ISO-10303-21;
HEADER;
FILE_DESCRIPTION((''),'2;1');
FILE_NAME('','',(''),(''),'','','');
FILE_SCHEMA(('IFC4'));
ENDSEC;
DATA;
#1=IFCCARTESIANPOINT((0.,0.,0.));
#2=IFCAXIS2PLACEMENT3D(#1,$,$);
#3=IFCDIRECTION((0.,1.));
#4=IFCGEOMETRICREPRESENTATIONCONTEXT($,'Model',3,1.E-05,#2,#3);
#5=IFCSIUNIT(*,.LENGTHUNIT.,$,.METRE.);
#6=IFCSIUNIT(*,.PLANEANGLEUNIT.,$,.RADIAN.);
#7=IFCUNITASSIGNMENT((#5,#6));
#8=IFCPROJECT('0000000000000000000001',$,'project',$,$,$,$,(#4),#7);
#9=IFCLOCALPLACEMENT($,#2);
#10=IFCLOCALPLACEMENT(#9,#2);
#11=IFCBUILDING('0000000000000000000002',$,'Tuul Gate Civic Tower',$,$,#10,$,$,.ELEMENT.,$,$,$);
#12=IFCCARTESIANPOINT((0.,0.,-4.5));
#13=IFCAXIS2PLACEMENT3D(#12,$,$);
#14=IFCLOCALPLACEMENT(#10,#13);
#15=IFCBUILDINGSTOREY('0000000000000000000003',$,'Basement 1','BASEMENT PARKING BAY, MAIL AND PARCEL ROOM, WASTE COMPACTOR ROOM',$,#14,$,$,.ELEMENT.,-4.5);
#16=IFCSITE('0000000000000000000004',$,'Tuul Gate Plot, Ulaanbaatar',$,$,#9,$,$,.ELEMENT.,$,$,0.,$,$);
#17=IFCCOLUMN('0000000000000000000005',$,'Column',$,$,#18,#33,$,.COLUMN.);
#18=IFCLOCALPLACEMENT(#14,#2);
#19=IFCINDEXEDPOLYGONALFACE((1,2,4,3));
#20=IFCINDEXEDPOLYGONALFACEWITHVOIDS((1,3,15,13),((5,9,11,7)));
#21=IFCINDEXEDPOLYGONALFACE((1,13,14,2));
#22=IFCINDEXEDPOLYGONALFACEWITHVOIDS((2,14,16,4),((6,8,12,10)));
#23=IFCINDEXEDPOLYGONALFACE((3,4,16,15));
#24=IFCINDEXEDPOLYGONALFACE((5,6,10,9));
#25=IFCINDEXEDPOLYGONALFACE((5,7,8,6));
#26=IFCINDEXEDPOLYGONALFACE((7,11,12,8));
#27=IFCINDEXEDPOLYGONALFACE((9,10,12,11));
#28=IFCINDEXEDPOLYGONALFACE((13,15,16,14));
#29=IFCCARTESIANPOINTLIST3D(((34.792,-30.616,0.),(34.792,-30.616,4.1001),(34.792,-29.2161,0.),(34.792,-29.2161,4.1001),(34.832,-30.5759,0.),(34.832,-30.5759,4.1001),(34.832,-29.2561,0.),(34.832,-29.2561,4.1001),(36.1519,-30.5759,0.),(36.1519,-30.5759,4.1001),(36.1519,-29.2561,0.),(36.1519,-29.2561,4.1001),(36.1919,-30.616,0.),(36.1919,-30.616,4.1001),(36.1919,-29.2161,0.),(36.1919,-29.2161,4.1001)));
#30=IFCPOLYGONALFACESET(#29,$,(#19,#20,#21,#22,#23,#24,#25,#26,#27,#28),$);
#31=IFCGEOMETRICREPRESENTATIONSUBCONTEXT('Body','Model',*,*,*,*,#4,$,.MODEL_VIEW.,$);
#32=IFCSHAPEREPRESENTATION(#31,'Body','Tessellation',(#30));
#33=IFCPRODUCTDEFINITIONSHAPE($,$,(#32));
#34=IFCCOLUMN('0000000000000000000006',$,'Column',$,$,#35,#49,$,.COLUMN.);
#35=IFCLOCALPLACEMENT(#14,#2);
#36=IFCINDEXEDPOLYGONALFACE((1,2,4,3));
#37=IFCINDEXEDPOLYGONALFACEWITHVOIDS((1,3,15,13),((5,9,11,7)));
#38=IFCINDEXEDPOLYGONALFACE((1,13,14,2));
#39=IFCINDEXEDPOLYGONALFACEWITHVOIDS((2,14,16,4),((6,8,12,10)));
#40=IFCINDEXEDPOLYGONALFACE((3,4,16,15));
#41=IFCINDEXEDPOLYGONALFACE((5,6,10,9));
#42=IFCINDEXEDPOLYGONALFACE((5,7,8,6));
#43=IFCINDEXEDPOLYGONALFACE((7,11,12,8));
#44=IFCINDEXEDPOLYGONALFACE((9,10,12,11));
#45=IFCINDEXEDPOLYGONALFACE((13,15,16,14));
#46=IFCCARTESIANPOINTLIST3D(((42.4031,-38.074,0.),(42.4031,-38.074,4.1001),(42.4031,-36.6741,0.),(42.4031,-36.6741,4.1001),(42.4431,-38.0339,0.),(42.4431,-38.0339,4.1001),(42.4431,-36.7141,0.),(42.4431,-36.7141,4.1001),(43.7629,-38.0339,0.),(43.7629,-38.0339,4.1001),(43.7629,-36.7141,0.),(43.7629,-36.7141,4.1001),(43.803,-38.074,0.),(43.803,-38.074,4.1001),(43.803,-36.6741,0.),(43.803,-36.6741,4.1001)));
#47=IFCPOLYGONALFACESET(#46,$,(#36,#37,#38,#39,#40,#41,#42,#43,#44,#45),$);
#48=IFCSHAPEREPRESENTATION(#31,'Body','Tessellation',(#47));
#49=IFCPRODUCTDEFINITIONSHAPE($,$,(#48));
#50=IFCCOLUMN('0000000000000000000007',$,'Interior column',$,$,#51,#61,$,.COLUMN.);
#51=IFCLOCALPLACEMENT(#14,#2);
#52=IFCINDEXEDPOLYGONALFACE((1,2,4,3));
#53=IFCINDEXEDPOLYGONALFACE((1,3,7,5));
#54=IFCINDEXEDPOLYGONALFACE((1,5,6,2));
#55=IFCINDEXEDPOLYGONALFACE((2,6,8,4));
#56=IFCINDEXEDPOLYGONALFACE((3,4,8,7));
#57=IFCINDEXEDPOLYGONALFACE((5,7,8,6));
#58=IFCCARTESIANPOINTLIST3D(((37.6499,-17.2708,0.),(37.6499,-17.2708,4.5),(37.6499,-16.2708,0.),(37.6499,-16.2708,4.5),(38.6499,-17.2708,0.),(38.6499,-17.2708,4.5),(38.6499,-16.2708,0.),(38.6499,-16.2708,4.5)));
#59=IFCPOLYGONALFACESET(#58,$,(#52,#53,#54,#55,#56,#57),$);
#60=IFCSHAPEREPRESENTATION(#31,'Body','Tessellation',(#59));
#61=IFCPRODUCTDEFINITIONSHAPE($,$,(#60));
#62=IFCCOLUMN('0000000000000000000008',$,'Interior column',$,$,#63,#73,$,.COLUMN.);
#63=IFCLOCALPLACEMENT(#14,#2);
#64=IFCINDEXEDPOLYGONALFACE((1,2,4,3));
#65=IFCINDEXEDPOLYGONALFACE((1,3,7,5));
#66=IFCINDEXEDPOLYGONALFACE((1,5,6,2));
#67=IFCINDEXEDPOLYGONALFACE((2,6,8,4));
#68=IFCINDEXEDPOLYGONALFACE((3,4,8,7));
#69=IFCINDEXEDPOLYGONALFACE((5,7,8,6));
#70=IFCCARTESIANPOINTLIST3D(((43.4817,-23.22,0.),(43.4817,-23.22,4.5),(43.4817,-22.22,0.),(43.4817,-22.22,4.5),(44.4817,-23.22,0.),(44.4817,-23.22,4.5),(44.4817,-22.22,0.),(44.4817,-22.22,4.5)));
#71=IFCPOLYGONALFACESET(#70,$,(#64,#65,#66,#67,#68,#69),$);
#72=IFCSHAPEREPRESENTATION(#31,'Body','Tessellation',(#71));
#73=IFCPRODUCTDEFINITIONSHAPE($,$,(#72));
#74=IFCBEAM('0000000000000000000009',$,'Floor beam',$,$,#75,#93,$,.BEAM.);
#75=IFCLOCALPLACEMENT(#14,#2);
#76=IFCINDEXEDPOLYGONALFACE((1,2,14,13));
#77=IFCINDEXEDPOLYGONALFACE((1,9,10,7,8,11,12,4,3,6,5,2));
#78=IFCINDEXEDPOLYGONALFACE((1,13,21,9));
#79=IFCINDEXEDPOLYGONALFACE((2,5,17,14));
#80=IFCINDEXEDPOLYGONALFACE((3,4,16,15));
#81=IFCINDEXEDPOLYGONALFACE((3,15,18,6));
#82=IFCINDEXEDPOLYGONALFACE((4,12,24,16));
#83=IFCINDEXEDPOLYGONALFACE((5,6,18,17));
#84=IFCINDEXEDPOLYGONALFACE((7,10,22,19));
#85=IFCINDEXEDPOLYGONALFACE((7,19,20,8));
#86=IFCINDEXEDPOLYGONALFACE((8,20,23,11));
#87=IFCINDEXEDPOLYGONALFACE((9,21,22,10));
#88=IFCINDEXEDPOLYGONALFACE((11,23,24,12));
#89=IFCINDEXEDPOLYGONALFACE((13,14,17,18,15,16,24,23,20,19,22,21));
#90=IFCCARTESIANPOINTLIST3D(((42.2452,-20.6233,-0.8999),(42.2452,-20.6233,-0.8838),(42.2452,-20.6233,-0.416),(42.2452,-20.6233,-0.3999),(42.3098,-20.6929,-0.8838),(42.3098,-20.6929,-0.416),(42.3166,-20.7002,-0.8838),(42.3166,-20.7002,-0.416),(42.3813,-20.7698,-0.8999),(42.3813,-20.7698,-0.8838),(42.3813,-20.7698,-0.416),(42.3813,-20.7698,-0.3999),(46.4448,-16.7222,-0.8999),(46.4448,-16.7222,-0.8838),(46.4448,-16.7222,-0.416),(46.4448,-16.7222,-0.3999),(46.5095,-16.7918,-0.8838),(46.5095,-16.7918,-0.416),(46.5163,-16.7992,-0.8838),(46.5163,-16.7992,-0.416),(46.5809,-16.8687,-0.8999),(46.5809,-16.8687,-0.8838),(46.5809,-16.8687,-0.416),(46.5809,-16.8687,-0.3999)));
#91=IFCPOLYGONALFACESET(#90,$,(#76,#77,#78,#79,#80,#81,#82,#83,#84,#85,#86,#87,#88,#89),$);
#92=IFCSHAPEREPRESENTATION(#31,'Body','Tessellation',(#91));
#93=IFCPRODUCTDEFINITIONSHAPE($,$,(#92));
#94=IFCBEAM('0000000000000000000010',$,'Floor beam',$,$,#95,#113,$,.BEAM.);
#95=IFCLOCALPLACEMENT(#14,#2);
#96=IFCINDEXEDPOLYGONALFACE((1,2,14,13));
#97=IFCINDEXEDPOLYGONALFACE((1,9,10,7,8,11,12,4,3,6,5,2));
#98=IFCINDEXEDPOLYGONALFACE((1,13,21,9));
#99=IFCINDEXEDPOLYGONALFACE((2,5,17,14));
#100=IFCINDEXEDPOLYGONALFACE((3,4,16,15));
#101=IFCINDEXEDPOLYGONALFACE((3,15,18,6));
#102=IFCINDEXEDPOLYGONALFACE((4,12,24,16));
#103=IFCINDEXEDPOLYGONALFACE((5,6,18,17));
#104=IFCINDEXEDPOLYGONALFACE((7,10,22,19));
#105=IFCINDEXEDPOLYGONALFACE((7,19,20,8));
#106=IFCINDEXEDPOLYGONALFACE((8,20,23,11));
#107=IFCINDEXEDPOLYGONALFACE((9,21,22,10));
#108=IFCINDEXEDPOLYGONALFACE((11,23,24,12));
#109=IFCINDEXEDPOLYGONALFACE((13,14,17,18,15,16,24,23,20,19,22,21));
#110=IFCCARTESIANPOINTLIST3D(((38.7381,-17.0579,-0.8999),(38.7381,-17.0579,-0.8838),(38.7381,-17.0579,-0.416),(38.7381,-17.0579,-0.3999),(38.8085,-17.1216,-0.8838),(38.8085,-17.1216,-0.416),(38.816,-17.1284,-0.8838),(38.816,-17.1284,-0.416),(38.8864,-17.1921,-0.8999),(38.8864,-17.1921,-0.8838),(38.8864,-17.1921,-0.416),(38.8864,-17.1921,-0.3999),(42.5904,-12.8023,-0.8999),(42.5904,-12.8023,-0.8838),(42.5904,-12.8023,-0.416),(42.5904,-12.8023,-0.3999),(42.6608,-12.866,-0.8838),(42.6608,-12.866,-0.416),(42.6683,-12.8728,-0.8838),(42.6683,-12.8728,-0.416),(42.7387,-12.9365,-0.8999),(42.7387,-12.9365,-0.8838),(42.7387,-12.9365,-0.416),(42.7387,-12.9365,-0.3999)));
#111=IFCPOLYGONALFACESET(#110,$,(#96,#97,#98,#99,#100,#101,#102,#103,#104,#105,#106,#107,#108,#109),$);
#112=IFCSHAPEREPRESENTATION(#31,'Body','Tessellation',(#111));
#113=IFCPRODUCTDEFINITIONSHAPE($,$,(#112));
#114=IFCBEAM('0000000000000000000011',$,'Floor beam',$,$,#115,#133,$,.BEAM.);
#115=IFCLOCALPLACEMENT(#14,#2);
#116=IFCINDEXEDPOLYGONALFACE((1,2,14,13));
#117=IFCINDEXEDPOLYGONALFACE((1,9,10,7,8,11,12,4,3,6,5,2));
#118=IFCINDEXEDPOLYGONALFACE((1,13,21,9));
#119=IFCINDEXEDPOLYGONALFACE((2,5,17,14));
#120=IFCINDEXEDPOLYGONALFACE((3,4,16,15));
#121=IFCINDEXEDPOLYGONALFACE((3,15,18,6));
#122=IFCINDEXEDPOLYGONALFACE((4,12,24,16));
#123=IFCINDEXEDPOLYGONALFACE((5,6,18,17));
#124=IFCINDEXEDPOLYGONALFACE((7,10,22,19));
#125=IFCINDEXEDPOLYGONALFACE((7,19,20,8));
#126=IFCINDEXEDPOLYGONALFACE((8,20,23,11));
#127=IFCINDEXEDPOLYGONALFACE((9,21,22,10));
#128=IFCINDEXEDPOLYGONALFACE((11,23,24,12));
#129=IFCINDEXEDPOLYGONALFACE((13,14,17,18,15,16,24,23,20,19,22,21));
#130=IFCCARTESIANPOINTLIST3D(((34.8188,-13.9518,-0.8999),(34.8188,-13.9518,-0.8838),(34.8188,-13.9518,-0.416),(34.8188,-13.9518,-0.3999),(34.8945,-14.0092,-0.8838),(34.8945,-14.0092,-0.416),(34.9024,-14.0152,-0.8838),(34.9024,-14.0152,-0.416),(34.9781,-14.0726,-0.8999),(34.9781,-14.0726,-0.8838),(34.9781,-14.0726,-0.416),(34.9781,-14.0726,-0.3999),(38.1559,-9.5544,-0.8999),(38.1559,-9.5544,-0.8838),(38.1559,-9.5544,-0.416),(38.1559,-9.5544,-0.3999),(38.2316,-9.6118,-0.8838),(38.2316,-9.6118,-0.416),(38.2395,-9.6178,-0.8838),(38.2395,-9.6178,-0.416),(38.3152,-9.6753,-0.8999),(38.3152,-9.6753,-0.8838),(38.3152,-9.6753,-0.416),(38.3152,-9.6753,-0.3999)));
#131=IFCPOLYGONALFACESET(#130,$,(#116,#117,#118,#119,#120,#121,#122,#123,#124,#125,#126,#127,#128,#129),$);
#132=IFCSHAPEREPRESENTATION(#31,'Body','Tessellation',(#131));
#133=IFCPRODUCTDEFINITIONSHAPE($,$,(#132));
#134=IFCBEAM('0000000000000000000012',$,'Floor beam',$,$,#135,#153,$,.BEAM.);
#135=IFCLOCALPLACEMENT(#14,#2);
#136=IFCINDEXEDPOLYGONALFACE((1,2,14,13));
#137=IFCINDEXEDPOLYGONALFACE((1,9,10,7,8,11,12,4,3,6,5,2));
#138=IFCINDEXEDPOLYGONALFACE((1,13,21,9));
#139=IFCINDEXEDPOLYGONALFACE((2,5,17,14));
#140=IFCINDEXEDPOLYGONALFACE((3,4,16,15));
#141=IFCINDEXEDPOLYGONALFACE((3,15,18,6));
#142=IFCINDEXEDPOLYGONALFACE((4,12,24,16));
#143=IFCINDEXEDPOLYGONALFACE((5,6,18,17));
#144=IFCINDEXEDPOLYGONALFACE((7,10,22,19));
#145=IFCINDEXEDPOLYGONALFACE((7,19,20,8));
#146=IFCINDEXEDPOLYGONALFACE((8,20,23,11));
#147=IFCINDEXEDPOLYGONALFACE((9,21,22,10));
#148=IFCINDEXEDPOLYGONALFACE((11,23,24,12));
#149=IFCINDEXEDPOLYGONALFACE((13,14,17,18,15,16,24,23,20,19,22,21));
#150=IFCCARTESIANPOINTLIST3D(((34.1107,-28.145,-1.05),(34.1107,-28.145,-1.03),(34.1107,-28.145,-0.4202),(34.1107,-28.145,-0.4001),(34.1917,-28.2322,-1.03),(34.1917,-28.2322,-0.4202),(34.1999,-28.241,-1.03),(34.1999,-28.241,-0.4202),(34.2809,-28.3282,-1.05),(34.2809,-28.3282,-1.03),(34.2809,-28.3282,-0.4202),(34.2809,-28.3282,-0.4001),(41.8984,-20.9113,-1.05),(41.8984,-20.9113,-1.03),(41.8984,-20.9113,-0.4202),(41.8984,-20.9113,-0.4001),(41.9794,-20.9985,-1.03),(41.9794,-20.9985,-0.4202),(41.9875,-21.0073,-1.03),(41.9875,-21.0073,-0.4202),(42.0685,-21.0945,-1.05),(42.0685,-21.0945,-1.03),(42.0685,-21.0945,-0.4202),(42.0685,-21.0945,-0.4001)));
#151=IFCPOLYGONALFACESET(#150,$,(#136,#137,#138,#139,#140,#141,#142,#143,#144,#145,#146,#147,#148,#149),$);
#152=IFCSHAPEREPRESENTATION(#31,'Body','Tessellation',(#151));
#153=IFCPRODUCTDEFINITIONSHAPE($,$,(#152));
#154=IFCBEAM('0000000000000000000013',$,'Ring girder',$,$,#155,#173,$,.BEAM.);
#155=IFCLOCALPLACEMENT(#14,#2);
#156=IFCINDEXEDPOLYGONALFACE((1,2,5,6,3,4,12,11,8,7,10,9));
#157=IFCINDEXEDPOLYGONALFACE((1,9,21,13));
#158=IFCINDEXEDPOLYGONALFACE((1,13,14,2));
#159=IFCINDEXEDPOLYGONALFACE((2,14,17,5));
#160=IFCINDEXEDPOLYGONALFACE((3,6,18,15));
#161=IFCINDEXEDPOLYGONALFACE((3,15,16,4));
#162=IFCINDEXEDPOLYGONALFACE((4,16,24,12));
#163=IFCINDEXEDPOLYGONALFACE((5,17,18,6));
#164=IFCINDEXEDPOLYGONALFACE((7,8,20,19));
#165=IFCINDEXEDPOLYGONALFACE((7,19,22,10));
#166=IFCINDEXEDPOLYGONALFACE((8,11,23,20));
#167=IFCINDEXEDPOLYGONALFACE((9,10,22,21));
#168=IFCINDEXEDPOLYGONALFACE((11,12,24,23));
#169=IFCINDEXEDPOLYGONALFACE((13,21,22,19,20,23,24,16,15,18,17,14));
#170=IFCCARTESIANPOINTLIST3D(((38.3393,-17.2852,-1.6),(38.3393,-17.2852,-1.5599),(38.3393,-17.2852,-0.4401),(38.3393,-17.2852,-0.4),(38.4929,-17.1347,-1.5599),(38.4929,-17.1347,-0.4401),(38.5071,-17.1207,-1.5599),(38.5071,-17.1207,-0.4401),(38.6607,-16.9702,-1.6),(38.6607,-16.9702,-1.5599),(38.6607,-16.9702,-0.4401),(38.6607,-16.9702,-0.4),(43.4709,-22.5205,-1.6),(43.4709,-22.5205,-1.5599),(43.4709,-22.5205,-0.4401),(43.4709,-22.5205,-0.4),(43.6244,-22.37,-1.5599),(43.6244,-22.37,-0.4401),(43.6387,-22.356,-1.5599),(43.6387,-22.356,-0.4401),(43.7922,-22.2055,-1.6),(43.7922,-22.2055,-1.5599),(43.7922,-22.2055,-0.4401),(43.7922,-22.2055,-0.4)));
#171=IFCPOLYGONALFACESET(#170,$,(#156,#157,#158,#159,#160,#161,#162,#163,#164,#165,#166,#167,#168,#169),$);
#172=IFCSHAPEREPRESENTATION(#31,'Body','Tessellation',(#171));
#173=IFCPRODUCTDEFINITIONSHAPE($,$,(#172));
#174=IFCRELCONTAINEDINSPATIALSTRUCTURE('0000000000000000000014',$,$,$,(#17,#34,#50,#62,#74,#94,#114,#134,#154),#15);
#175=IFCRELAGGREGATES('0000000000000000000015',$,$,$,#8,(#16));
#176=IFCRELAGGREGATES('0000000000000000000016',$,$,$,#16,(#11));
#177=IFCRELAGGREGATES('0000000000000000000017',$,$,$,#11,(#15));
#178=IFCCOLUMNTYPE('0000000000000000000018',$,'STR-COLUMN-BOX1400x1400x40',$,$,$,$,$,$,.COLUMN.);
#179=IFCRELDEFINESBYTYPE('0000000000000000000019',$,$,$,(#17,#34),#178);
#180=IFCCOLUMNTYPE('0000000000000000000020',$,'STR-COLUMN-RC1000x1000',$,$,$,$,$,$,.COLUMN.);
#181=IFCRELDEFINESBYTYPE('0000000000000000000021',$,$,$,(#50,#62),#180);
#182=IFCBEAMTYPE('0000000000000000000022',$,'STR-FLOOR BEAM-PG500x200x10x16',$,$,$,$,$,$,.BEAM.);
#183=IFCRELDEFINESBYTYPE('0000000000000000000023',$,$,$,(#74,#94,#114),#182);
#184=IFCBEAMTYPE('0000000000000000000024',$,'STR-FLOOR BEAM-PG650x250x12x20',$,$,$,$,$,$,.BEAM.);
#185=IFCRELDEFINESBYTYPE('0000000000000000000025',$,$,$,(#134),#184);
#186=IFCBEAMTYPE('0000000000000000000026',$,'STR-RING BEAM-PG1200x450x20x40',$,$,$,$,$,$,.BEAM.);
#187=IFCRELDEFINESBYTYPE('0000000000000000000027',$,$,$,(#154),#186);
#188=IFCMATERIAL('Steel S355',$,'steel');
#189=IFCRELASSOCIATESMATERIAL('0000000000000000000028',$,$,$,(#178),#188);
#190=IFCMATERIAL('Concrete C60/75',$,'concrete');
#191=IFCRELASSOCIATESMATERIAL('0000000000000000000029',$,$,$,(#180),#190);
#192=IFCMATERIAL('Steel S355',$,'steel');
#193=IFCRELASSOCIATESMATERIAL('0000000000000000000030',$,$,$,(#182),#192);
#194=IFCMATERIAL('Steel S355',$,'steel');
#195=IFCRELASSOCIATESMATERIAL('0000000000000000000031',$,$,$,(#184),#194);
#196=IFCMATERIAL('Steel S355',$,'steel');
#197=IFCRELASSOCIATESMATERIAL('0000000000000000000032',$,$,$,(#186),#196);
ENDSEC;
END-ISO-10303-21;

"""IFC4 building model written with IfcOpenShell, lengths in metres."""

from ifc_helpers import new_model, si_unit, direction, frame, origin, origin_2d, place, context, subcontext, project, spatial, rectangle, hollow_rectangle, i_section, extrude, material, material_profile, profile_set, type_object, element, save


model = new_model("IFC4")

# Units and contexts
model_context = context("Model", 3, precision=1e-05, world=origin(), true_north=direction((0.0, 1.0)))
body_context = subcontext(model_context, "Body", "Model", "MODEL_VIEW")
ifc_project = project(units=[si_unit("LENGTHUNIT", "METRE"), si_unit("PLANEANGLEUNIT", "RADIAN")], contexts=[model_context])

# Site, building, storey
site_placement = place(None, origin())
site = spatial("IfcSite", under=ifc_project, at=site_placement, Name="Tuul Gate Plot, Ulaanbaatar", CompositionType="ELEMENT", RefElevation=0.0)
building_placement = place(site_placement, origin())
building = spatial("IfcBuilding", under=site, at=building_placement, Name="Tuul Gate Civic Tower", CompositionType="ELEMENT")
storey_placement = place(building_placement, frame((0.0, 0.0, -4.5)))
storey = spatial("IfcBuildingStorey", under=building, at=storey_placement, Name="Basement 1", Description="BASEMENT PARKING BAY, MAIL AND PARCEL ROOM, WASTE COMPACTOR ROOM", CompositionType="ELEMENT", Elevation=-4.5)

# Columns
ifc_material_1 = material(Name="Steel S355", Category="steel")
ifc_material_profile_1 = material_profile(ifc_material_1, hollow_rectangle(XDim=1.3999, YDim=1.3999, WallThickness=0.04, at=origin_2d()), Name="BOX1400x1400x40")
ifc_profile_set_1 = profile_set([ifc_material_profile_1], Name="Steel S355")
column_type_1 = type_object("IfcColumnType", Name="STR-COLUMN-BOX1400x1400x40", PredefinedType="COLUMN", material=ifc_profile_set_1)
for number, where, z_axis, x_axis, name in (
    (1, (35.4919, -29.916, 0.0), (0.0, 0.0, 1.0), (1.0, 0.0, 0.0), "Column"),
    (2, (43.103, -37.374, 0.0), (0.0, 0.0, 1.0), (1.0, 0.0, 0.0), "Column"),
):
    element("IfcColumn", number, at=place(storey_placement, frame(where, z_axis=z_axis, x_axis=x_axis)), inside=storey, type_object=column_type_1, Name=name, PredefinedType="COLUMN", context=body_context, shape_type="SweptSolid", body=[
        extrude(hollow_rectangle(XDim=1.3999, YDim=1.3999, WallThickness=0.04, at=origin_2d()), origin(), (0.0, 0.0, 1.0), 4.1001),
    ])
ifc_material_2 = material(Name="Concrete C60/75", Category="concrete")
ifc_material_profile_2 = material_profile(ifc_material_2, rectangle(XDim=1.0, YDim=1.0, at=origin_2d()), Name="RC1000x1000")
ifc_profile_set_2 = profile_set([ifc_material_profile_2], Name="Concrete C60/75")
column_type_2 = type_object("IfcColumnType", Name="STR-COLUMN-RC1000x1000", PredefinedType="COLUMN", material=ifc_profile_set_2)
for number, where, z_axis, x_axis, name in (
    (3, (38.1499, -16.7708, 0.0), (0.0, 0.0, 1.0), (1.0, 0.0, 0.0), "Interior column"),
    (4, (43.9817, -22.72, 0.0), (0.0, 0.0, 1.0), (1.0, 0.0, 0.0), "Interior column"),
):
    element("IfcColumn", number, at=place(storey_placement, frame(where, z_axis=z_axis, x_axis=x_axis)), inside=storey, type_object=column_type_2, Name=name, PredefinedType="COLUMN", context=body_context, shape_type="SweptSolid", body=[
        extrude(rectangle(XDim=1.0, YDim=1.0, at=origin_2d()), origin(), (0.0, 0.0, 1.0), 4.5),
    ])

# Beams
ifc_material_3 = material(Name="Steel S355", Category="steel")
ifc_material_profile_3 = material_profile(ifc_material_3, i_section(OverallWidth=0.2, OverallDepth=0.5, WebThickness=0.01, FlangeThickness=0.0161, at=origin_2d()), Name="PG500x200x10x16")
ifc_profile_set_3 = profile_set([ifc_material_profile_3], Name="Steel S355")
beam_type_1 = type_object("IfcBeamType", Name="STR-FLOOR BEAM-PG500x200x10x16", PredefinedType="BEAM", material=ifc_profile_set_3)
beam_1_placement = place(storey_placement, frame((42.3132, -20.6965, -0.6499), z_axis=(0.732672, 0.680582, 0.0), x_axis=(-0.680582, 0.732672, 0.0)))
element("IfcBeam", 5, at=beam_1_placement, inside=storey, type_object=beam_type_1, Name="Floor beam", PredefinedType="BEAM", context=body_context, shape_type="SweptSolid", body=[
    extrude(i_section(OverallWidth=0.2, OverallDepth=0.5, WebThickness=0.01, FlangeThickness=0.0161, at=origin_2d()), origin(), (0.0, 0.0, 1.0), 5.7319),
])
beam_2_placement = place(storey_placement, frame((38.8123, -17.125, -0.6499), z_axis=(0.671103, 0.741364, 0.0), x_axis=(-0.741364, 0.671103, 0.0)))
element("IfcBeam", 6, at=beam_2_placement, inside=storey, type_object=beam_type_1, Name="Floor beam", PredefinedType="BEAM", context=body_context, shape_type="SweptSolid", body=[
    extrude(i_section(OverallWidth=0.2, OverallDepth=0.5, WebThickness=0.01, FlangeThickness=0.0161, at=origin_2d()), origin(), (0.0, 0.0, 1.0), 5.7402),
])
beam_3_placement = place(storey_placement, frame((34.8984, -14.0122, -0.6499), z_axis=(0.604519, 0.796591, 0.0), x_axis=(-0.796591, 0.604519, 0.0)))
element("IfcBeam", 7, at=beam_3_placement, inside=storey, type_object=beam_type_1, Name="Floor beam", PredefinedType="BEAM", context=body_context, shape_type="SweptSolid", body=[
    extrude(i_section(OverallWidth=0.2, OverallDepth=0.5, WebThickness=0.01, FlangeThickness=0.0161, at=origin_2d()), origin(), (0.0, 0.0, 1.0), 5.5203),
])
ifc_material_4 = material(Name="Steel S355", Category="steel")
ifc_material_profile_4 = material_profile(ifc_material_4, i_section(OverallWidth=0.25, OverallDepth=0.6499, WebThickness=0.012, FlangeThickness=0.02, at=origin_2d()), Name="PG650x250x12x20")
ifc_profile_set_4 = profile_set([ifc_material_profile_4], Name="Steel S355")
beam_type_2 = type_object("IfcBeamType", Name="STR-FLOOR BEAM-PG650x250x12x20", PredefinedType="BEAM", material=ifc_profile_set_4)
beam_4_placement = place(storey_placement, frame((34.1958, -28.2366, -0.7251), z_axis=(0.732685, 0.680567, 0.0), x_axis=(-0.680567, 0.732685, 0.0)))
element("IfcBeam", 8, at=beam_4_placement, inside=storey, type_object=beam_type_2, Name="Floor beam", PredefinedType="BEAM", context=body_context, shape_type="SweptSolid", body=[
    extrude(i_section(OverallWidth=0.25, OverallDepth=0.6499, WebThickness=0.012, FlangeThickness=0.02, at=origin_2d()), origin(), (0.0, 0.0, 1.0), 10.6289),
])
ifc_material_5 = material(Name="Steel S355", Category="steel")
ifc_material_profile_5 = material_profile(ifc_material_5, i_section(OverallWidth=0.45, OverallDepth=1.2, WebThickness=0.02, FlangeThickness=0.04, at=origin_2d()), Name="PG1200x450x20x40")
ifc_profile_set_5 = profile_set([ifc_material_profile_5], Name="Steel S355")
beam_type_3 = type_object("IfcBeamType", Name="STR-RING BEAM-PG1200x450x20x40", PredefinedType="BEAM", material=ifc_profile_set_5)
beam_5_placement = place(storey_placement, frame((38.5, -17.1277, -1.0), z_axis=(0.699994, -0.714148, 0.0), x_axis=(0.714148, 0.699994, 0.0)))
element("IfcBeam", 9, at=beam_5_placement, inside=storey, type_object=beam_type_3, Name="Ring girder", PredefinedType="BEAM", context=body_context, shape_type="SweptSolid", body=[
    extrude(i_section(OverallWidth=0.45, OverallDepth=1.2, WebThickness=0.02, FlangeThickness=0.04, at=origin_2d()), origin(), (0.0, 0.0, 1.0), 7.3308),
])

save(model, "model.ifc")
